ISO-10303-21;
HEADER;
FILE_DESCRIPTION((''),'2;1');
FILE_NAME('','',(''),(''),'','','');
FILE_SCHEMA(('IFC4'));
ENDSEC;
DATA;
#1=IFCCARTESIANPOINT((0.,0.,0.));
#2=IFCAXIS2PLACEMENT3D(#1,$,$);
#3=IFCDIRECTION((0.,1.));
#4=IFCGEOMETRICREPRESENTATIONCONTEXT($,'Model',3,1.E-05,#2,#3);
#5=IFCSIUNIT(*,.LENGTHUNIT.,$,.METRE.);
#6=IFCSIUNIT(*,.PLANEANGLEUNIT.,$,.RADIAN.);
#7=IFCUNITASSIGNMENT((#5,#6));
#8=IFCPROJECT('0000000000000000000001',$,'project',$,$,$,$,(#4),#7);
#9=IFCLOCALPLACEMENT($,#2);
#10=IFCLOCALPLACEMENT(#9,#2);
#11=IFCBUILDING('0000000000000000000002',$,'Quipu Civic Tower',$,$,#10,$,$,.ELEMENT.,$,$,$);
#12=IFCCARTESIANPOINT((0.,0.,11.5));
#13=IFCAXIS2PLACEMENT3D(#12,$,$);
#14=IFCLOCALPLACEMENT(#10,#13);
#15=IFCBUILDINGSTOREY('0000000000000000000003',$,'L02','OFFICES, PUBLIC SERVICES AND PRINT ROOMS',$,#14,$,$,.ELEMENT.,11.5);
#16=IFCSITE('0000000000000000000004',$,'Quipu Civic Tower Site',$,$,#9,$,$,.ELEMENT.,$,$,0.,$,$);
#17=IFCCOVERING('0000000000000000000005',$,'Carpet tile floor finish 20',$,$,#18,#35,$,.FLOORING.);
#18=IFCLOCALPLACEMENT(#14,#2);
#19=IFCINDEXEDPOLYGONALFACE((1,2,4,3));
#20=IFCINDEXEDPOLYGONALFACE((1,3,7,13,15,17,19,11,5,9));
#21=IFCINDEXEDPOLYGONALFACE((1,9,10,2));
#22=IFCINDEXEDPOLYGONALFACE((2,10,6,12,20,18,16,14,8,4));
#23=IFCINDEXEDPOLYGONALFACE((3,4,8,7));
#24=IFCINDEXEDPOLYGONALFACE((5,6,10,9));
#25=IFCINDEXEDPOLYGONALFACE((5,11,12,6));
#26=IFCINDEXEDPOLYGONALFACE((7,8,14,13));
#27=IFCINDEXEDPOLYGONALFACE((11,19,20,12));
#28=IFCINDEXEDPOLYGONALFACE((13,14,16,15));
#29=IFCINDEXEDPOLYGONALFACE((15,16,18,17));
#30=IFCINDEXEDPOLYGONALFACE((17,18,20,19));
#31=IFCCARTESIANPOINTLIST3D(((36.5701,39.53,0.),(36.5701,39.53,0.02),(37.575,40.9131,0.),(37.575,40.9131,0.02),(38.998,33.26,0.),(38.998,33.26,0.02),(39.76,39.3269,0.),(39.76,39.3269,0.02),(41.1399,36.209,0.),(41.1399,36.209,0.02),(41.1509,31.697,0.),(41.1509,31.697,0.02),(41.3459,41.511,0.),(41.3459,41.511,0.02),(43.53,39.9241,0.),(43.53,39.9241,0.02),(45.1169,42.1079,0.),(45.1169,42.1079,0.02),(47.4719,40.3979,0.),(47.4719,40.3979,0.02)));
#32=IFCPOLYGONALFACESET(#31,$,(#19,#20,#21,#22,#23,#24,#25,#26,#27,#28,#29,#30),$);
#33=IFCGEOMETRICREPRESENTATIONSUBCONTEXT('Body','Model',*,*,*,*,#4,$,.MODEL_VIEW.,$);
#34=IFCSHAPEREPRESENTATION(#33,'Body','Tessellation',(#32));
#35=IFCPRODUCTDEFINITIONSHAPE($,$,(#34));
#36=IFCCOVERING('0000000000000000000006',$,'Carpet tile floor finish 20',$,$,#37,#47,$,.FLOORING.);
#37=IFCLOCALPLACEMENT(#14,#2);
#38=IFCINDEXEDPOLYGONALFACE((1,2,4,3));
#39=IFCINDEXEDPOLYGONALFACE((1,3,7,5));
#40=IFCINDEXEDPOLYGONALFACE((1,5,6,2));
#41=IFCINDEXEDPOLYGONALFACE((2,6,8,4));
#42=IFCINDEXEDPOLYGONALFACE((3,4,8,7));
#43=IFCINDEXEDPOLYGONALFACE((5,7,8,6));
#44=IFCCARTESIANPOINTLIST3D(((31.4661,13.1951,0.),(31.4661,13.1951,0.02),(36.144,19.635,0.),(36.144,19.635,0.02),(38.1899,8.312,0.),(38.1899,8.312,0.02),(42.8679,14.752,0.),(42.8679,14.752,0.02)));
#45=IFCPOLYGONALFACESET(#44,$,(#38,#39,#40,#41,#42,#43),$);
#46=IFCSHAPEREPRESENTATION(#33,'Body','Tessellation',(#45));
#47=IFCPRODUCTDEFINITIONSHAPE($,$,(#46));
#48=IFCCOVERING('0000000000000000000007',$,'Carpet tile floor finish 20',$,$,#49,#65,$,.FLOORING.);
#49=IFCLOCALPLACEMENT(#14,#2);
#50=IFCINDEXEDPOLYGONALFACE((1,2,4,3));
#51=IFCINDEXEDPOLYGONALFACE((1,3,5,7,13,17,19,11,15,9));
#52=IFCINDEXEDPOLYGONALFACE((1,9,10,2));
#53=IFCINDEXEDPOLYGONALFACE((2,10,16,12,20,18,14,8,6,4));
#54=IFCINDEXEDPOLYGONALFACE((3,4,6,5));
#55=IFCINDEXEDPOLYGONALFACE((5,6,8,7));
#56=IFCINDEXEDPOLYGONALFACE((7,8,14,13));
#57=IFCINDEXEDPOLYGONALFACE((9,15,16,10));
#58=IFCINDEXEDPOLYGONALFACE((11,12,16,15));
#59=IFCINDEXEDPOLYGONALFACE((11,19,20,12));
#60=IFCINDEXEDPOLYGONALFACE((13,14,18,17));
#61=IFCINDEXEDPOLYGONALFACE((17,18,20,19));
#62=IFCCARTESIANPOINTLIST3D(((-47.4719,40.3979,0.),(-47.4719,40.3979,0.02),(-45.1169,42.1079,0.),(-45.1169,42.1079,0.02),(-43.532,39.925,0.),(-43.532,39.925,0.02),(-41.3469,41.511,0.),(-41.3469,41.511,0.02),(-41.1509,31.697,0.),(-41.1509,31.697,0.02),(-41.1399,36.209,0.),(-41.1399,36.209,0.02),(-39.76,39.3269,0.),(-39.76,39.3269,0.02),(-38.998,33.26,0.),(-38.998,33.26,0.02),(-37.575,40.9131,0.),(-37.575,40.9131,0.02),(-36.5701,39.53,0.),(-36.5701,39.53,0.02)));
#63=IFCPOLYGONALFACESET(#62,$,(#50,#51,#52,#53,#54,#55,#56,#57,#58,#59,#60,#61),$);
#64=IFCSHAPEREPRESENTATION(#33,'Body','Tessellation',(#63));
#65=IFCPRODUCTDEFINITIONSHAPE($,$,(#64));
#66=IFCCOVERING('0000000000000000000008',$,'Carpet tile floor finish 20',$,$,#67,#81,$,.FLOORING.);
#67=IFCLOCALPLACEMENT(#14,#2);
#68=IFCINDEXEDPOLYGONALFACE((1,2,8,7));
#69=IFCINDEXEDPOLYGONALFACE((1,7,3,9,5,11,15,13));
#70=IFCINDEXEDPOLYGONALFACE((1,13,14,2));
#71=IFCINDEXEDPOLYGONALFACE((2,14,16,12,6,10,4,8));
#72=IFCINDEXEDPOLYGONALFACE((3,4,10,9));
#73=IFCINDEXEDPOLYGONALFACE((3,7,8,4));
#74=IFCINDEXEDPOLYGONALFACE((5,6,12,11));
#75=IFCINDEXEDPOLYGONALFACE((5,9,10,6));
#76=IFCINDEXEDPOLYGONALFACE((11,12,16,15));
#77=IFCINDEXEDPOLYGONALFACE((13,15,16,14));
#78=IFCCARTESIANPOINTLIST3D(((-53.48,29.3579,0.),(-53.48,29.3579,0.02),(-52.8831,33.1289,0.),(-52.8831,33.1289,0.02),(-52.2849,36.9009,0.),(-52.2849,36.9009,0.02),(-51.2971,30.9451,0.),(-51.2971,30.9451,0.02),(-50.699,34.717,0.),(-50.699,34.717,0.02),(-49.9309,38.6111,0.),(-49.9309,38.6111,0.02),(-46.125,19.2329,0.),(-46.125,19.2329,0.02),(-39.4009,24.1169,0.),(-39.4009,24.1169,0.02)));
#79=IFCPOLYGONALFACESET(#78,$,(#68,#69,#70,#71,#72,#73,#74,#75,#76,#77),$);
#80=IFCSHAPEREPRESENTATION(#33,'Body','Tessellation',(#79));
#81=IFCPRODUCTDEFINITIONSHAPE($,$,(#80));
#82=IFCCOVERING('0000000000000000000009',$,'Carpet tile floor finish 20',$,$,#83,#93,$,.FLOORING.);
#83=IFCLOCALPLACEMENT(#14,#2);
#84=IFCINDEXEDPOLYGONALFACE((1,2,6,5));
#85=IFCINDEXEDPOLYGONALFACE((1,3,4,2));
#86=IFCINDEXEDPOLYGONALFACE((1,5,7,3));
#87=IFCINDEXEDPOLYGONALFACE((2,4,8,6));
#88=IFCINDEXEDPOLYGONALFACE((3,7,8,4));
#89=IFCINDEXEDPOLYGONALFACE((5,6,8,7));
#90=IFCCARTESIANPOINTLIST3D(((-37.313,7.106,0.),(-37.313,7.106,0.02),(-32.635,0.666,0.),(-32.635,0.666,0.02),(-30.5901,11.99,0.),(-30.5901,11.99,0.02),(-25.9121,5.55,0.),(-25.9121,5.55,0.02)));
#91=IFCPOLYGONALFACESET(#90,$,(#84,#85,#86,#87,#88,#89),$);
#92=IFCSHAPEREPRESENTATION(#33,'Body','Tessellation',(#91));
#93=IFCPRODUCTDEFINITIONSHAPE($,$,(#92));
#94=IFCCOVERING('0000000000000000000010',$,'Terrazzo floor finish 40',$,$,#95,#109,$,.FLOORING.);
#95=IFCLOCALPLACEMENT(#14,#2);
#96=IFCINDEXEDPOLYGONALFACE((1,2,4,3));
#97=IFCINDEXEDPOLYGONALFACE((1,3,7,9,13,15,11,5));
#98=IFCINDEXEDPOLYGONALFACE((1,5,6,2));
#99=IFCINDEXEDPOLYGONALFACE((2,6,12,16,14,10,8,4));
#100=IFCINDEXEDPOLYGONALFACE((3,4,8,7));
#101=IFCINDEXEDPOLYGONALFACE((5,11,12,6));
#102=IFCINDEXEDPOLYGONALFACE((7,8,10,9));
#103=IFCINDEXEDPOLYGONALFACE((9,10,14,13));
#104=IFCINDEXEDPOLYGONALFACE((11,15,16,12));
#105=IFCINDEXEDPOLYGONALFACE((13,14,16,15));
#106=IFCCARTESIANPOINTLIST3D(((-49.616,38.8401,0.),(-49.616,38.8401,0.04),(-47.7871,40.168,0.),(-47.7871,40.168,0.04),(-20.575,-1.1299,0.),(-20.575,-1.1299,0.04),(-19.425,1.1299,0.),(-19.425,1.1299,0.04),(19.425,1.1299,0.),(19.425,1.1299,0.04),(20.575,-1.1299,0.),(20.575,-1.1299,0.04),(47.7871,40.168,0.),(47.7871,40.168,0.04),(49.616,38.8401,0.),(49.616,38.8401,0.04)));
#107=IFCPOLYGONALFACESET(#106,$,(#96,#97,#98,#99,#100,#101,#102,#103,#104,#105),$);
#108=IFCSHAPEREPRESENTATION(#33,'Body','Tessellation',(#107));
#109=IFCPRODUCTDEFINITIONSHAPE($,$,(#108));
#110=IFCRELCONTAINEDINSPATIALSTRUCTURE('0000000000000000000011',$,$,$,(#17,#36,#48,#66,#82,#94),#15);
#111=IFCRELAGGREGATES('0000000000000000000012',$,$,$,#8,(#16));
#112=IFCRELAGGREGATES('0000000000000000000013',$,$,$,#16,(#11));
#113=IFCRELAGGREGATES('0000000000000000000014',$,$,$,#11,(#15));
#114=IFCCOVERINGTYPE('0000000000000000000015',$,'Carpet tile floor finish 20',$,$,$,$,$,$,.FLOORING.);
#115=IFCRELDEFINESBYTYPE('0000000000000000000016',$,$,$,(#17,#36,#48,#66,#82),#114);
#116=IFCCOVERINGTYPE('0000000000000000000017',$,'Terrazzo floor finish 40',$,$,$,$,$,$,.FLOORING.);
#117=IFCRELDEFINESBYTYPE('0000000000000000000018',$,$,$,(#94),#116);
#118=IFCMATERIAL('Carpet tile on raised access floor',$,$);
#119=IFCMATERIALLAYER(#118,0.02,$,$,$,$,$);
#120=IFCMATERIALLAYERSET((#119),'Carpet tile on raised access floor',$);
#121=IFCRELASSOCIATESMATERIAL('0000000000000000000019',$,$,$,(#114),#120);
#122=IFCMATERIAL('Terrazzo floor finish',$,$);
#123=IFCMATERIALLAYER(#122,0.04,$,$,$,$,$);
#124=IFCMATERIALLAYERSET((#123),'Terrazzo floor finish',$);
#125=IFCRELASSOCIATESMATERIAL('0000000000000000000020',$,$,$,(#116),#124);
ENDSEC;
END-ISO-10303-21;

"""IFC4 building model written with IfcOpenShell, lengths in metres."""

from ifc_helpers import new_model, si_unit, direction, frame, origin, place, context, subcontext, project, spatial, polyline, outline, extrude, material, layer, layer_set, type_object, element, save


model = new_model("IFC4")

# Units and contexts
model_context = context("Model", 3, precision=1e-05, world=origin(), true_north=direction((0.0, 1.0)))
body_context = subcontext(model_context, "Body", "Model", "MODEL_VIEW")
ifc_project = project(units=[si_unit("LENGTHUNIT", "METRE"), si_unit("PLANEANGLEUNIT", "RADIAN")], contexts=[model_context])

# Site, building, storey
site_placement = place(None, origin())
site = spatial("IfcSite", under=ifc_project, at=site_placement, Name="Quipu Civic Tower Site", CompositionType="ELEMENT", RefElevation=0.0)
building_placement = place(site_placement, origin())
building = spatial("IfcBuilding", under=site, at=building_placement, Name="Quipu Civic Tower", CompositionType="ELEMENT")
storey_placement = place(building_placement, frame((0.0, 0.0, 11.5)))
storey = spatial("IfcBuildingStorey", under=building, at=storey_placement, Name="L02", Description="OFFICES, PUBLIC SERVICES AND PRINT ROOMS", CompositionType="ELEMENT", Elevation=11.5)

# Coverings
ifc_material_1 = material(Name="Carpet tile on raised access floor")
ifc_layer_1 = layer(ifc_material_1, 0.02)
ifc_layer_set_1 = layer_set([ifc_layer_1], Name="Carpet tile on raised access floor")
covering_type_1 = type_object("IfcCoveringType", Name="Carpet tile floor finish 20", PredefinedType="FLOORING", material=ifc_layer_set_1)
covering_1_placement = place(storey_placement, origin())
element("IfcCovering", 1, at=covering_1_placement, inside=storey, type_object=covering_type_1, Name="Carpet tile floor finish 20", PredefinedType="FLOORING", context=body_context, shape_type="SweptSolid", body=[
    extrude(outline(polyline([(36.5701, 39.53), (37.575, 40.9131), (39.76, 39.3269), (41.3459, 41.511), (43.53, 39.9241), (45.1169, 42.1079), (47.4719, 40.3979), (41.1509, 31.697), (38.998, 33.26), (41.1399, 36.209), (36.5701, 39.53)])), origin(), (0.0, 0.0, 1.0), 0.02),
])
covering_2_placement = place(storey_placement, origin())
element("IfcCovering", 2, at=covering_2_placement, inside=storey, type_object=covering_type_1, Name="Carpet tile floor finish 20", PredefinedType="FLOORING", context=body_context, shape_type="SweptSolid", body=[
    extrude(outline(polyline([(31.4661, 13.1951), (36.144, 19.635), (42.8679, 14.752), (38.1899, 8.312), (31.4661, 13.1951)])), origin(), (0.0, 0.0, 1.0), 0.02),
])
covering_3_placement = place(storey_placement, origin())
element("IfcCovering", 3, at=covering_3_placement, inside=storey, type_object=covering_type_1, Name="Carpet tile floor finish 20", PredefinedType="FLOORING", context=body_context, shape_type="SweptSolid", body=[
    extrude(outline(polyline([(-47.4719, 40.3979), (-45.1169, 42.1079), (-43.532, 39.925), (-41.3469, 41.511), (-39.76, 39.3269), (-37.575, 40.9131), (-36.5701, 39.53), (-41.1399, 36.209), (-38.998, 33.26), (-41.1509, 31.697), (-47.4719, 40.3979)])), origin(), (0.0, 0.0, 1.0), 0.02),
])
covering_4_placement = place(storey_placement, origin())
element("IfcCovering", 4, at=covering_4_placement, inside=storey, type_object=covering_type_1, Name="Carpet tile floor finish 20", PredefinedType="FLOORING", context=body_context, shape_type="SweptSolid", body=[
    extrude(outline(polyline([(-53.48, 29.3579), (-51.2971, 30.9451), (-52.8831, 33.1289), (-50.699, 34.717), (-52.2849, 36.9009), (-49.9309, 38.6111), (-39.4009, 24.1169), (-46.125, 19.2329), (-53.48, 29.3579)])), origin(), (0.0, 0.0, 1.0), 0.02),
])
covering_5_placement = place(storey_placement, origin())
element("IfcCovering", 5, at=covering_5_placement, inside=storey, type_object=covering_type_1, Name="Carpet tile floor finish 20", PredefinedType="FLOORING", context=body_context, shape_type="SweptSolid", body=[
    extrude(outline(polyline([(-37.313, 7.106), (-30.5901, 11.99), (-25.9121, 5.55), (-32.635, 0.666), (-37.313, 7.106)])), origin(), (0.0, 0.0, 1.0), 0.02),
])
ifc_material_2 = material(Name="Terrazzo floor finish")
ifc_layer_2 = layer(ifc_material_2, 0.04)
ifc_layer_set_2 = layer_set([ifc_layer_2], Name="Terrazzo floor finish")
covering_type_2 = type_object("IfcCoveringType", Name="Terrazzo floor finish 40", PredefinedType="FLOORING", material=ifc_layer_set_2)
covering_6_placement = place(storey_placement, origin())
element("IfcCovering", 6, at=covering_6_placement, inside=storey, type_object=covering_type_2, Name="Terrazzo floor finish 40", PredefinedType="FLOORING", context=body_context, shape_type="SweptSolid", body=[
    extrude(outline(polyline([(47.7871, 40.168), (49.616, 38.8401), (20.575, -1.1299), (-20.575, -1.1299), (-49.616, 38.8401), (-47.7871, 40.168), (-19.425, 1.1299), (19.425, 1.1299), (47.7871, 40.168)])), origin(), (0.0, 0.0, 1.0), 0.04),
])

save(model, "model.ifc")
